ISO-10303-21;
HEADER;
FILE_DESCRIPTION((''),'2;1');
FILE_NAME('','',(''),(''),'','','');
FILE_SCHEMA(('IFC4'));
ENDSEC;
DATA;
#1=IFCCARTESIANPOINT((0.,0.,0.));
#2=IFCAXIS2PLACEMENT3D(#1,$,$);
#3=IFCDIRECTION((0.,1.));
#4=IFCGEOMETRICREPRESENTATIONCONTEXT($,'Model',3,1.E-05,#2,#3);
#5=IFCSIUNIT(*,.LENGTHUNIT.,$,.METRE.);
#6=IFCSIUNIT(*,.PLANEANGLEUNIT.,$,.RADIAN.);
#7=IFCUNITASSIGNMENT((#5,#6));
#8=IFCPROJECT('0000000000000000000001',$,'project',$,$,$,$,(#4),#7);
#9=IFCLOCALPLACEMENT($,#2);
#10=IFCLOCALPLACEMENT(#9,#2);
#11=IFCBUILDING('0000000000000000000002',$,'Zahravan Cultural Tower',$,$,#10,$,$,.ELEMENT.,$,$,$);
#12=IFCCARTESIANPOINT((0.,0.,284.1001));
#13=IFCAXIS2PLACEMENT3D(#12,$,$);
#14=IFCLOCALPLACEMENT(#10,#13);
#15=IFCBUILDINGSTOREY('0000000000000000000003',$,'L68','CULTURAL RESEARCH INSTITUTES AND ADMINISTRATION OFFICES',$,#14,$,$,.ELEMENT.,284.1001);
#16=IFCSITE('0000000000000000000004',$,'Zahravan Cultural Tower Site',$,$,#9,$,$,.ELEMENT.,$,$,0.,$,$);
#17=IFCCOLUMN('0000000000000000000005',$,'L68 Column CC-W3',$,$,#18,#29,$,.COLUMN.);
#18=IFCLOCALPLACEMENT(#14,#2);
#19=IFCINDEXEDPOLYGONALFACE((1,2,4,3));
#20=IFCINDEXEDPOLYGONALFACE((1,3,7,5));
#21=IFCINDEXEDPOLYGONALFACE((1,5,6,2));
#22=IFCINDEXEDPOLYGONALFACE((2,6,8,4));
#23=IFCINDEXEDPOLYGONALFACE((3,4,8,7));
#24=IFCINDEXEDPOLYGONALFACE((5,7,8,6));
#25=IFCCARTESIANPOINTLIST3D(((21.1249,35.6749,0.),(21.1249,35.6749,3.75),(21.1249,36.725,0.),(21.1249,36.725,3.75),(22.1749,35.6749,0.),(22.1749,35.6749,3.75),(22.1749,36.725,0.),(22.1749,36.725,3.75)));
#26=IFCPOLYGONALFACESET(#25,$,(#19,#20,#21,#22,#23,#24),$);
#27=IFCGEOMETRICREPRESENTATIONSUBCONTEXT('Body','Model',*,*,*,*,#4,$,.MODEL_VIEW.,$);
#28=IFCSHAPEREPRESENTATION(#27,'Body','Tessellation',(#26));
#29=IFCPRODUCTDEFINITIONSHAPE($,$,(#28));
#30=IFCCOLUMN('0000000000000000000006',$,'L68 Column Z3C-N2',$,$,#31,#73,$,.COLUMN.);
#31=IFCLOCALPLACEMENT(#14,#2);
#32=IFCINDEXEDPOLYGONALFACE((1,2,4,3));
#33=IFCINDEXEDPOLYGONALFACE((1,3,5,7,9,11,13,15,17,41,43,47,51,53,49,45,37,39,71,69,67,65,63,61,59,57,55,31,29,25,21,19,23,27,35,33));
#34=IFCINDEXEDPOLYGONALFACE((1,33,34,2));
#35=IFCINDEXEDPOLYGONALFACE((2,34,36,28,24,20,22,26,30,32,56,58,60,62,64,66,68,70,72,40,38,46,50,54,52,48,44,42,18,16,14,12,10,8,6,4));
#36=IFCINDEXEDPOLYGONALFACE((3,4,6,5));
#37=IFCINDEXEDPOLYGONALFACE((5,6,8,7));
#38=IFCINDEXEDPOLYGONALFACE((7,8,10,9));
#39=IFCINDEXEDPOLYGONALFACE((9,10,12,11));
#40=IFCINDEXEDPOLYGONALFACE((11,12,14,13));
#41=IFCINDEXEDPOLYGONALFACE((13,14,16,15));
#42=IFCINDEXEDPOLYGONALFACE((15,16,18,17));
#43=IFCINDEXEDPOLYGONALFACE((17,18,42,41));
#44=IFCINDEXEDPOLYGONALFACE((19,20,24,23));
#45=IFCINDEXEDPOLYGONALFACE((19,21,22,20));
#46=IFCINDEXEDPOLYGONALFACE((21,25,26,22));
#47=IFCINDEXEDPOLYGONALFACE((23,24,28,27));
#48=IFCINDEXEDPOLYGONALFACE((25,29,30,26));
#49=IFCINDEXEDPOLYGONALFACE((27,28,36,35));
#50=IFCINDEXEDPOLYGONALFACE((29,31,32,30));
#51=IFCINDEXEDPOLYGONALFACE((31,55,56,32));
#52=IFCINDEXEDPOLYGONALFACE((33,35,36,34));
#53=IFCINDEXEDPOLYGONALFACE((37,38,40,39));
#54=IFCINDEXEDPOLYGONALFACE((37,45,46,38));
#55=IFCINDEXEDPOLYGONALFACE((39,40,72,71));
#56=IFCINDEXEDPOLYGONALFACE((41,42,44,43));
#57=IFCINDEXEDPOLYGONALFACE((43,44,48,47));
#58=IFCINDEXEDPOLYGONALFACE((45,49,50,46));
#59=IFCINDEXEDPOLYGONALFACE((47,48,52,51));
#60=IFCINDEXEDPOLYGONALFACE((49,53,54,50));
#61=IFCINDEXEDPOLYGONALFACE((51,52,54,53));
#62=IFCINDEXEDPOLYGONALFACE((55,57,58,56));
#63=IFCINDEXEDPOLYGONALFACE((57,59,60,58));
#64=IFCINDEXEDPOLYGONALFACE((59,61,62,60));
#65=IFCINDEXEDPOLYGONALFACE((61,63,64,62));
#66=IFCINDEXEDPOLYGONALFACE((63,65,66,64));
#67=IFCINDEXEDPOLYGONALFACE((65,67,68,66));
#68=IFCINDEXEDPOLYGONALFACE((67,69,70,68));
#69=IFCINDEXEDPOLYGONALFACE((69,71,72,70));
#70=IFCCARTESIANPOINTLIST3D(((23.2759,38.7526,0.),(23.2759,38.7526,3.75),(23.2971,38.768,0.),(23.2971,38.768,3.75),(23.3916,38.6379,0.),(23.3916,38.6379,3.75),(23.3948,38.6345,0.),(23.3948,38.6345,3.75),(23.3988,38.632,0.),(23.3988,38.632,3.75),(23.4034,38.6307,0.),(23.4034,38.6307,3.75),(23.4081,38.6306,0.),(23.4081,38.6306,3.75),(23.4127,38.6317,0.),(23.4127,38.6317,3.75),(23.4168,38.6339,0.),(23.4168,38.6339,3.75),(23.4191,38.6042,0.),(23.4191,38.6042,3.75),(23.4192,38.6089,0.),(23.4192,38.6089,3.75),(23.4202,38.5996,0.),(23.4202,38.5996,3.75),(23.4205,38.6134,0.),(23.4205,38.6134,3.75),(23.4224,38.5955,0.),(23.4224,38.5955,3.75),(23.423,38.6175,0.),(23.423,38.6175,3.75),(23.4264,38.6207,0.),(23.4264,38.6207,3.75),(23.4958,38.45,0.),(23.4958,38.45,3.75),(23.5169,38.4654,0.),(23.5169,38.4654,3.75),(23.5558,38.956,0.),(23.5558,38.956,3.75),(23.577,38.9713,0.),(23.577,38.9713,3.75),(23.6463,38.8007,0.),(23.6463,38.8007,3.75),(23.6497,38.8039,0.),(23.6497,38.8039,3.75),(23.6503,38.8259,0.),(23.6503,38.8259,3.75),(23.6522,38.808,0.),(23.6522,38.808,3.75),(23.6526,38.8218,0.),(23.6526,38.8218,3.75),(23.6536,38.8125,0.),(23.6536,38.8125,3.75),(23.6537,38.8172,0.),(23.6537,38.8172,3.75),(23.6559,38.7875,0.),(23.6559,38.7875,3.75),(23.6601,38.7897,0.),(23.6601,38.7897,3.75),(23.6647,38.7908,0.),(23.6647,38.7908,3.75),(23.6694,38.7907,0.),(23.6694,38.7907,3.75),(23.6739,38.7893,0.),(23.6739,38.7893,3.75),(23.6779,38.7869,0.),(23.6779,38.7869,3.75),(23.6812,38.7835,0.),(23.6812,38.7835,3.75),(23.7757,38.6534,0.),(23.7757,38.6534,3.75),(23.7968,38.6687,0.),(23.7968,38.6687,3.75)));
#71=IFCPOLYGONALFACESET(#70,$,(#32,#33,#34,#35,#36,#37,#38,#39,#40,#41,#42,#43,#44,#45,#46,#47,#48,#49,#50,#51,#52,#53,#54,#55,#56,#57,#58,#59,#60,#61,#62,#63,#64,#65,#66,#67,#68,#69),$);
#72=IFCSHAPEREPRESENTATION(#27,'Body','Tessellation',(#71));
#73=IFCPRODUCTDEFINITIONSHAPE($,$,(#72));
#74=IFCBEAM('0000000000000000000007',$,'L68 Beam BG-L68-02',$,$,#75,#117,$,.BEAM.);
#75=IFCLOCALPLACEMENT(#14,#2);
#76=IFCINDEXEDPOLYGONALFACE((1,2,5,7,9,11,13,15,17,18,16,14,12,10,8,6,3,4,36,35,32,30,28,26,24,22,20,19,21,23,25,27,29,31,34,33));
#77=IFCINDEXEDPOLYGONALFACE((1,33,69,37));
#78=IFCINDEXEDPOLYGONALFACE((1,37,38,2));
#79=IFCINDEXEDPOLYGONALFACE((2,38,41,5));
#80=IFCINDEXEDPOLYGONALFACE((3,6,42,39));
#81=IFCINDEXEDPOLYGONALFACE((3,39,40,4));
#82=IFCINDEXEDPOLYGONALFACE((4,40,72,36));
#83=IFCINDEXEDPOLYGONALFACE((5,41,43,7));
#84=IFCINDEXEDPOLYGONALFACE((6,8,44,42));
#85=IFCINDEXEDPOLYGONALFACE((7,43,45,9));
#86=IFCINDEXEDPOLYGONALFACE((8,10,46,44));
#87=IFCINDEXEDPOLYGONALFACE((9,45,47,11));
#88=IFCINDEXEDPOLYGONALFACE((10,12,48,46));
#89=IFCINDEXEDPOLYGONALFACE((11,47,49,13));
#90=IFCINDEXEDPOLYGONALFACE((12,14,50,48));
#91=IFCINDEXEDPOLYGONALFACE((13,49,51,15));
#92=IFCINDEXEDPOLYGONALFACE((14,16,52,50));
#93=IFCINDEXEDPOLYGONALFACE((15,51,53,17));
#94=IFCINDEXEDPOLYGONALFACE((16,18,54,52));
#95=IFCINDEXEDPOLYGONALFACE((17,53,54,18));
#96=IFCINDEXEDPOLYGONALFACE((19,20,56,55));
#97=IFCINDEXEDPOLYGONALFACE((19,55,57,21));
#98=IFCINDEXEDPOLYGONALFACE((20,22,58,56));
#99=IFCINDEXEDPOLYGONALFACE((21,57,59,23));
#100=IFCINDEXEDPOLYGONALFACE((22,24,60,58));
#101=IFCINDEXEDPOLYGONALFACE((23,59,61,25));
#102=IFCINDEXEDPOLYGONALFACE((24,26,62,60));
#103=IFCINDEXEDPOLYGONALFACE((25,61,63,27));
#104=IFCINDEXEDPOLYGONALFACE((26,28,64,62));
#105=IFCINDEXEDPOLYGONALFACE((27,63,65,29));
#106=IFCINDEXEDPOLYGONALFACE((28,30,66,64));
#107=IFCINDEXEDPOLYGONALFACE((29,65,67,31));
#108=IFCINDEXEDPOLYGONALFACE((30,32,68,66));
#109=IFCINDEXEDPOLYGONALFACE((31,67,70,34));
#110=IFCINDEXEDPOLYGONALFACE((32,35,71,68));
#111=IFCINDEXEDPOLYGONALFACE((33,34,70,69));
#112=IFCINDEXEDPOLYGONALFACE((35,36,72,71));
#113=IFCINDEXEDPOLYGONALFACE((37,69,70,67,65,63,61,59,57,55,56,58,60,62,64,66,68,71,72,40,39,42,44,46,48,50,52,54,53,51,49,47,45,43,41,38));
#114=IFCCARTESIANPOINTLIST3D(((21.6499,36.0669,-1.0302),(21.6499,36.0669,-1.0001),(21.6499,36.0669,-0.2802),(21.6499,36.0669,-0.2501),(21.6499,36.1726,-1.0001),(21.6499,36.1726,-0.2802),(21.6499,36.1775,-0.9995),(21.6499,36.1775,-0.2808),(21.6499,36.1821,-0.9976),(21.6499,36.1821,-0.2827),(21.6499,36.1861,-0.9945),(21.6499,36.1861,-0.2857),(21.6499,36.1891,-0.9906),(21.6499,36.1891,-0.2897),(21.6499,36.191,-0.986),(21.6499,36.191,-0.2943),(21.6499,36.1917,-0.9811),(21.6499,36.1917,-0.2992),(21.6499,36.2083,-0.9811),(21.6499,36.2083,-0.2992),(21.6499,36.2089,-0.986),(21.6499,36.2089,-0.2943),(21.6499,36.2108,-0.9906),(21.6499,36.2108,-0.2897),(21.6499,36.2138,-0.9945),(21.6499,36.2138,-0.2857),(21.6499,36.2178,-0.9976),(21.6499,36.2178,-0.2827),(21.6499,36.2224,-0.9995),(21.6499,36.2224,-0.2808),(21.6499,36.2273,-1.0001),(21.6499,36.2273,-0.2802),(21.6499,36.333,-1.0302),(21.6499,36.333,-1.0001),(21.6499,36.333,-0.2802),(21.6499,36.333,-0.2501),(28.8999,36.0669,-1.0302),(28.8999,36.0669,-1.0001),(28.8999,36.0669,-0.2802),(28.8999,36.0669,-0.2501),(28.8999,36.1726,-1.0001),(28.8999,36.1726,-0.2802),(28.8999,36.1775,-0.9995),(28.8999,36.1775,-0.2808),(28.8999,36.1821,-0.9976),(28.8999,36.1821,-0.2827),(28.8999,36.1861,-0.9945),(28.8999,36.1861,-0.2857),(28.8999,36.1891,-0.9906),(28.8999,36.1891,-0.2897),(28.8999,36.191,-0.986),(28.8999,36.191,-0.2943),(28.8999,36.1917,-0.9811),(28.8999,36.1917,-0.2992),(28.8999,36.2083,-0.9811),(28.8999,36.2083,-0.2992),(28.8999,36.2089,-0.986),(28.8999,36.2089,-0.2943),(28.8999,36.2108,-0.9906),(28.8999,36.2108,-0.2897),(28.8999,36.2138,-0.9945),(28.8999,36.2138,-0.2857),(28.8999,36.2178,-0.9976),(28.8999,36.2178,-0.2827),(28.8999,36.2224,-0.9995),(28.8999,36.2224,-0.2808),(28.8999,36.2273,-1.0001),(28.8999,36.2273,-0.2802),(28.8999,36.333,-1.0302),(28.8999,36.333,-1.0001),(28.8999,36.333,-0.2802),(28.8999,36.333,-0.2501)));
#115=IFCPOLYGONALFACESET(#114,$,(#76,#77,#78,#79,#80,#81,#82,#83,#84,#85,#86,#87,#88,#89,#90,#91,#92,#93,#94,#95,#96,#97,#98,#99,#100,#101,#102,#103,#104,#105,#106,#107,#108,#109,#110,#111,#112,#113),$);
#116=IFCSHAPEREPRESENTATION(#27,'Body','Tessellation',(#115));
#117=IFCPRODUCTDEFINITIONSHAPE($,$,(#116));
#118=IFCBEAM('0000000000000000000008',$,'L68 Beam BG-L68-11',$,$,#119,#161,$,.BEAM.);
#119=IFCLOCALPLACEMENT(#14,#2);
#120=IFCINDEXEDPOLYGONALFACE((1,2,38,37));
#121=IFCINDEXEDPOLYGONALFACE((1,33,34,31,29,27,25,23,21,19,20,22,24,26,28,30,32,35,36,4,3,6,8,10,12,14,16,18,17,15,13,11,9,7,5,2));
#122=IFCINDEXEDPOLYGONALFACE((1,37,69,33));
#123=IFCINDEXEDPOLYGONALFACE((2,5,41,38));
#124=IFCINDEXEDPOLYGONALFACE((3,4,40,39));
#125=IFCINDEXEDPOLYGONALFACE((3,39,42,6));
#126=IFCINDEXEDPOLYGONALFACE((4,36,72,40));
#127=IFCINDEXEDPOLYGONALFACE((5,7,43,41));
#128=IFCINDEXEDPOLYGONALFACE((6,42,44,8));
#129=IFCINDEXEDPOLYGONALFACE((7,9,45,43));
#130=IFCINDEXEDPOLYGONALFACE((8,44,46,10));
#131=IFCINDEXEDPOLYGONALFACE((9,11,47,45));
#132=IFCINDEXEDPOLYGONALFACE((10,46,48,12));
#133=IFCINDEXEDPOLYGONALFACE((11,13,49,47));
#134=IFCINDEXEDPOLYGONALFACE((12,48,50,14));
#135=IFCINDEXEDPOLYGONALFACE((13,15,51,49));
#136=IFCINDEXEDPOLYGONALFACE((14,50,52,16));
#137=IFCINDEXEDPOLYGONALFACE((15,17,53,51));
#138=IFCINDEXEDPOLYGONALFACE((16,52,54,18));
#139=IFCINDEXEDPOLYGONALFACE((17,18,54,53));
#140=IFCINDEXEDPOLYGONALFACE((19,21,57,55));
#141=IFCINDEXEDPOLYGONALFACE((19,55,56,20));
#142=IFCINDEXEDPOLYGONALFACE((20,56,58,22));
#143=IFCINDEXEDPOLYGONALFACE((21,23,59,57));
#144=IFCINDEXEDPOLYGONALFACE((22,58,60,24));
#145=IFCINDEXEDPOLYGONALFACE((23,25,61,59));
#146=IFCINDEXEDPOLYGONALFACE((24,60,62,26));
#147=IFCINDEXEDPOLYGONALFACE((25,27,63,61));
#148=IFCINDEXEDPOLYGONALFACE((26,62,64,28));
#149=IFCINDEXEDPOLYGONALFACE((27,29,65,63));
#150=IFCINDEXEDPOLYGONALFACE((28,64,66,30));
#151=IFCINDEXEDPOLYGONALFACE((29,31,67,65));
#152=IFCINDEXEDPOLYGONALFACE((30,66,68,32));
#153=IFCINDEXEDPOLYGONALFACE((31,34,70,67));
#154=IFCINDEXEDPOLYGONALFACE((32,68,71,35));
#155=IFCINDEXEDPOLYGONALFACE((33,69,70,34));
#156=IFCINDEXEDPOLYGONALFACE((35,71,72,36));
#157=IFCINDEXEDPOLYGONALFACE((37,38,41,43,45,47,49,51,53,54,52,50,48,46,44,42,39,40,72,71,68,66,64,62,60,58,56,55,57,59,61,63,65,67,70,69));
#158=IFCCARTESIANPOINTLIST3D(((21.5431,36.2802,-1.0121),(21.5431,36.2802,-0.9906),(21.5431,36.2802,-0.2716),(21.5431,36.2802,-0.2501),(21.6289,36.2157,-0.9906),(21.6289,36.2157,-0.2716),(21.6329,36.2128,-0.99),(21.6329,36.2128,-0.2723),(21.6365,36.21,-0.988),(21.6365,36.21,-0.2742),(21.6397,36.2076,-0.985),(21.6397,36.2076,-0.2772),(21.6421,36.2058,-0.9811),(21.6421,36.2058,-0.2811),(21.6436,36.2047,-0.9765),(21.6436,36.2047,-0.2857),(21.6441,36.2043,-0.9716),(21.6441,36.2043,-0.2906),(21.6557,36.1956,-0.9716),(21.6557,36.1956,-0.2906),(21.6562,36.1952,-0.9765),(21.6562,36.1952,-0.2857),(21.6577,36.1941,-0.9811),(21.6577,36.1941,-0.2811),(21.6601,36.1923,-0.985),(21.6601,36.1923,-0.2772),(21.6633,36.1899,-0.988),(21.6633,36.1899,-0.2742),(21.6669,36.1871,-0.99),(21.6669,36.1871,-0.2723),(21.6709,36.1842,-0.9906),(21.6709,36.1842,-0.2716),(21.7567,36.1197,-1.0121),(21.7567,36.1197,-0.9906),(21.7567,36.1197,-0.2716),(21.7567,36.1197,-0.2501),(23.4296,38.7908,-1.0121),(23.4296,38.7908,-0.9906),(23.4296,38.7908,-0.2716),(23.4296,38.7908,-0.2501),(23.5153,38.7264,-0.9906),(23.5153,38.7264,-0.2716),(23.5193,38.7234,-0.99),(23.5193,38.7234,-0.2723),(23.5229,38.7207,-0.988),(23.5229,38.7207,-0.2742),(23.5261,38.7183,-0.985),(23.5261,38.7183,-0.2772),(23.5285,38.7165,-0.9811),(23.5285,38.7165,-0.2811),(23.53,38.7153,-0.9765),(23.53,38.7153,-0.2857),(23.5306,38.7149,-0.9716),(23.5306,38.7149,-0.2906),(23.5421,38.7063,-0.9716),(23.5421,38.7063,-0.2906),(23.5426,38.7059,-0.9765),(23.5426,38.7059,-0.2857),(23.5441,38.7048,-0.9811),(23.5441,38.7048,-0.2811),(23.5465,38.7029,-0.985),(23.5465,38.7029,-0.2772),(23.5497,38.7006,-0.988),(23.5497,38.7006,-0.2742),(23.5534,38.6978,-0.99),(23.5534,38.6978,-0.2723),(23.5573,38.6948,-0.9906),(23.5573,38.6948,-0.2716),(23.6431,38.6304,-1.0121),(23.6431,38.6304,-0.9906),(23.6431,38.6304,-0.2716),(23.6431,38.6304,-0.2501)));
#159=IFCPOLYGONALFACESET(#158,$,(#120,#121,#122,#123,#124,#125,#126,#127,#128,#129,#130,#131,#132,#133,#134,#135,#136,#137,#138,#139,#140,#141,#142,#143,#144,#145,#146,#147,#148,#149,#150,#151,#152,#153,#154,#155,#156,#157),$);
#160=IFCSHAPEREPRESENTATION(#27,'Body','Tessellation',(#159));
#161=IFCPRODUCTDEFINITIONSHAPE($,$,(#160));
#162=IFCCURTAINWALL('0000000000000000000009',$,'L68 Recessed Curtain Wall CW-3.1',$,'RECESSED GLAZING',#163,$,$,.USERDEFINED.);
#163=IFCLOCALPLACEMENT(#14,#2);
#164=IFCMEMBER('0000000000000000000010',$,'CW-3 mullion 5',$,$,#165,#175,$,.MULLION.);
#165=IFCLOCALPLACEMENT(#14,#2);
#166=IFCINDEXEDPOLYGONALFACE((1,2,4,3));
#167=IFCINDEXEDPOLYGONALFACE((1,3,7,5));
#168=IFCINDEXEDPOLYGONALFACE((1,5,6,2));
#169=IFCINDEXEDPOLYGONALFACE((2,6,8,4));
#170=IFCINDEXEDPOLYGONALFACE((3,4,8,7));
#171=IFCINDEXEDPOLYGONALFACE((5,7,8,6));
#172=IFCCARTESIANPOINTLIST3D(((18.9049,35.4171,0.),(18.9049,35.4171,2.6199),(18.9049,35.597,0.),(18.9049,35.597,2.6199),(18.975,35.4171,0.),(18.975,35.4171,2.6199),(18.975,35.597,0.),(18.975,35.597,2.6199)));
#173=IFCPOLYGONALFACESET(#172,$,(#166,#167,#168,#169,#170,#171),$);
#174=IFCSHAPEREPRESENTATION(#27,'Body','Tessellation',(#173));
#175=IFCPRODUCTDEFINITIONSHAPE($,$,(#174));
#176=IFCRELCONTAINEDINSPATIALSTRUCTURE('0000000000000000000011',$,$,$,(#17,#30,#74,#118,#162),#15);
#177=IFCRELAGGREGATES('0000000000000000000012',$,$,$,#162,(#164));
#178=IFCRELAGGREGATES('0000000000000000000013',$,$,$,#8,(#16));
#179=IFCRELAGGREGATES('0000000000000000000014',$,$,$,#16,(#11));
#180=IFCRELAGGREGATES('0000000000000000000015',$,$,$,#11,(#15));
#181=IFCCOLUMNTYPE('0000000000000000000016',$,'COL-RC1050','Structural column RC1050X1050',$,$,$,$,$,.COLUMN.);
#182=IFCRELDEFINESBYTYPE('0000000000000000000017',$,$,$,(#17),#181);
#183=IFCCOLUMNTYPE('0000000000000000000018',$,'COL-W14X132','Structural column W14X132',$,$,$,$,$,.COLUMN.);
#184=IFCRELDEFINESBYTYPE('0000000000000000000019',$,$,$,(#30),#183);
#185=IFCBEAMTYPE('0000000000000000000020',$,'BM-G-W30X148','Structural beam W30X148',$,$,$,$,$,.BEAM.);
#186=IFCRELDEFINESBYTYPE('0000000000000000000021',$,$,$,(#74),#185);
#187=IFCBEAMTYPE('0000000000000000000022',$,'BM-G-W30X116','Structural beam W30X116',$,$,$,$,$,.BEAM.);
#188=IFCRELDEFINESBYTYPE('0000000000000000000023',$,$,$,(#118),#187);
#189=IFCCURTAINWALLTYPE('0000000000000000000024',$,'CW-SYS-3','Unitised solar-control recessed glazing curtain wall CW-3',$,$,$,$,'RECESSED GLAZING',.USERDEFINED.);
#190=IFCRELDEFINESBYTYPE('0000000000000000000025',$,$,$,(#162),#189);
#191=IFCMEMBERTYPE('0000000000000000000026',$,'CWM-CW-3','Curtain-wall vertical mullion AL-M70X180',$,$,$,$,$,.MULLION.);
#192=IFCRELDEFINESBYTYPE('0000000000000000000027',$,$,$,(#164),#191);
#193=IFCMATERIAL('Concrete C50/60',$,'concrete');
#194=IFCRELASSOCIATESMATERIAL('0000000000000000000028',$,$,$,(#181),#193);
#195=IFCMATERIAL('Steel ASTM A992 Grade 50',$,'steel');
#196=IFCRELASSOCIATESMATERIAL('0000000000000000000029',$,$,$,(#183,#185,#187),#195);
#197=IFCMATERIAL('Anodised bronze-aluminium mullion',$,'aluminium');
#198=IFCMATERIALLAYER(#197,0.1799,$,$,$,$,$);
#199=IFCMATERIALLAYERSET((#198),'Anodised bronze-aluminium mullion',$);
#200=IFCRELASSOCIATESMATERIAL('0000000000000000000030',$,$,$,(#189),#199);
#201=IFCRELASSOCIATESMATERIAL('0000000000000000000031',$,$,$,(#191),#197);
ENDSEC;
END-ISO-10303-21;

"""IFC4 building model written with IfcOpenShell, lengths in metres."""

from ifc_helpers import new_model, si_unit, direction, frame, origin, origin_2d, place, context, subcontext, project, spatial, rectangle, i_section, extrude, source, transform, mapped, material, layer, layer_set, material_profile, profile_set, type_object, element, aggregate, save


model = new_model("IFC4")

# Units and contexts
model_context = context("Model", 3, precision=1e-05, world=origin(), true_north=direction((0.0, 1.0)))
body_context = subcontext(model_context, "Body", "Model", "MODEL_VIEW")
ifc_project = project(units=[si_unit("LENGTHUNIT", "METRE"), si_unit("PLANEANGLEUNIT", "RADIAN")], contexts=[model_context])

# Site, building, storey
site_placement = place(None, origin())
site = spatial("IfcSite", under=ifc_project, at=site_placement, Name="Zahravan Cultural Tower Site", CompositionType="ELEMENT", RefElevation=0.0)
building_placement = place(site_placement, origin())
building = spatial("IfcBuilding", under=site, at=building_placement, Name="Zahravan Cultural Tower", CompositionType="ELEMENT")
storey_placement = place(building_placement, frame((0.0, 0.0, 284.1001)))
storey = spatial("IfcBuildingStorey", under=building, at=storey_placement, Name="L68", Description="CULTURAL RESEARCH INSTITUTES AND ADMINISTRATION OFFICES", CompositionType="ELEMENT", Elevation=284.1001)

# Columns
ifc_material_1 = material(Name="Concrete C50/60", Category="concrete")
ifc_material_profile_1 = material_profile(ifc_material_1, rectangle(XDim=1.05, YDim=1.05, at=origin_2d()), Name="RC1050X1050")
ifc_profile_set_1 = profile_set([ifc_material_profile_1], Name="Concrete C50/60")
column_type_1 = type_object("IfcColumnType", Name="COL-RC1050", Description="Structural column RC1050X1050", PredefinedType="COLUMN", material=ifc_profile_set_1)
shared_shape_1 = source(origin(), body_context, "Body", "SweptSolid", [
    extrude(rectangle(XDim=1.05, YDim=1.05, at=origin_2d()), origin(), (0.0, 0.0, 1.0), 3.75),
])
column_1_placement = place(storey_placement, frame((21.6499, 36.2, 0.0), z_axis=(0.0, 0.0, 1.0), x_axis=(1.0, 0.0, 0.0)))
element("IfcColumn", 1, at=column_1_placement, inside=storey, type_object=column_type_1, Name="L68 Column CC-W3", PredefinedType="COLUMN", context=body_context, shape_type="MappedRepresentation", body=[
    mapped(shared_shape_1, transform((0.0, 0.0, 0.0), x_axis=(1.0, 0.0, 0.0), y_axis=(0.0, 1.0, 0.0), z_axis=(0.0, 0.0, 1.0), scale=1.0)),
])
ifc_material_2 = material(Name="Steel ASTM A992 Grade 50", Category="steel")
ifc_material_profile_2 = material_profile(ifc_material_2, i_section(OverallWidth=0.374, OverallDepth=0.3721, WebThickness=0.0164, FlangeThickness=0.0261, FilletRadius=0.0181, at=origin_2d()), Name="W14X132")
ifc_profile_set_2 = profile_set([ifc_material_profile_2], Name="Steel ASTM A992 Grade 50")
column_type_2 = type_object("IfcColumnType", Name="COL-W14X132", Description="Structural column W14X132", PredefinedType="COLUMN", material=ifc_profile_set_2)
shared_shape_2 = source(origin(), body_context, "Body", "SweptSolid", [
    extrude(i_section(OverallWidth=0.374, OverallDepth=0.3721, WebThickness=0.0164, FlangeThickness=0.0261, FilletRadius=0.0181, at=origin_2d()), origin(), (0.0, 0.0, 1.0), 3.75),
])
column_2_placement = place(storey_placement, frame((23.5364, 38.7107, 0.0), z_axis=(0.0, 0.0, 1.0), x_axis=(-0.587785, 0.809017, 0.0)))
element("IfcColumn", 2, at=column_2_placement, inside=storey, type_object=column_type_2, Name="L68 Column Z3C-N2", PredefinedType="COLUMN", context=body_context, shape_type="MappedRepresentation", body=[
    mapped(shared_shape_2, transform((0.0, 0.0, 0.0), x_axis=(1.0, 0.0, 0.0), y_axis=(0.0, 1.0, 0.0), z_axis=(0.0, 0.0, 1.0), scale=1.0)),
])

# Beams
ifc_material_profile_3 = material_profile(ifc_material_2, i_section(OverallWidth=0.2661, OverallDepth=0.78, WebThickness=0.0166, FlangeThickness=0.03, FilletRadius=0.019, at=origin_2d()), Name="W30X148")
ifc_profile_set_3 = profile_set([ifc_material_profile_3], Name="Steel ASTM A992 Grade 50")
beam_type_1 = type_object("IfcBeamType", Name="BM-G-W30X148", Description="Structural beam W30X148", PredefinedType="BEAM", material=ifc_profile_set_3)
shared_shape_3 = source(origin(), body_context, "Body", "SweptSolid", [
    extrude(i_section(OverallWidth=0.2661, OverallDepth=0.78, WebThickness=0.0166, FlangeThickness=0.03, FilletRadius=0.019, at=origin_2d()), origin(), (0.0, 0.0, 1.0), 7.25),
])
beam_1_placement = place(storey_placement, frame((21.6499, 36.2, -0.6401), z_axis=(1.0, 0.0, 0.0), x_axis=(0.0, 1.0, 0.0)))
element("IfcBeam", 3, at=beam_1_placement, inside=storey, type_object=beam_type_1, Name="L68 Beam BG-L68-02", PredefinedType="BEAM", context=body_context, shape_type="MappedRepresentation", body=[
    mapped(shared_shape_3, transform((0.0, 0.0, 0.0), x_axis=(1.0, 0.0, 0.0), y_axis=(0.0, 1.0, 0.0), z_axis=(0.0, 0.0, 1.0), scale=1.0)),
])
ifc_material_profile_4 = material_profile(ifc_material_2, i_section(OverallWidth=0.2671, OverallDepth=0.762, WebThickness=0.0144, FlangeThickness=0.0215, FilletRadius=0.019, at=origin_2d()), Name="W30X116")
ifc_profile_set_4 = profile_set([ifc_material_profile_4], Name="Steel ASTM A992 Grade 50")
beam_type_2 = type_object("IfcBeamType", Name="BM-G-W30X116", Description="Structural beam W30X116", PredefinedType="BEAM", material=ifc_profile_set_4)
shared_shape_4 = source(origin(), body_context, "Body", "SweptSolid", [
    extrude(i_section(OverallWidth=0.2671, OverallDepth=0.762, WebThickness=0.0144, FlangeThickness=0.0215, FilletRadius=0.019, at=origin_2d()), origin(), (0.0, 0.0, 1.0), 3.1404),
])
beam_2_placement = place(storey_placement, frame((21.6499, 36.2, -0.6311), z_axis=(0.600696, 0.799477, 0.0), x_axis=(-0.799477, 0.600696, 0.0)))
element("IfcBeam", 4, at=beam_2_placement, inside=storey, type_object=beam_type_2, Name="L68 Beam BG-L68-11", PredefinedType="BEAM", context=body_context, shape_type="MappedRepresentation", body=[
    mapped(shared_shape_4, transform((0.0, 0.0, 0.0), x_axis=(1.0, 0.0, 0.0), y_axis=(0.0, 1.0, 0.0), z_axis=(0.0, 0.0, 1.0), scale=1.0)),
])

# Curtain wall, member
ifc_material_3 = material(Name="Anodised bronze-aluminium mullion", Category="aluminium")
ifc_layer_1 = layer(ifc_material_3, 0.1799)
ifc_layer_set_1 = layer_set([ifc_layer_1], Name="Anodised bronze-aluminium mullion")
curtain_wall_type = type_object("IfcCurtainWallType", Name="CW-SYS-3", Description="Unitised solar-control recessed glazing curtain wall CW-3", ElementType="RECESSED GLAZING", PredefinedType="USERDEFINED", material=ifc_layer_set_1)
curtain_wall_placement = place(storey_placement, origin())
curtain_wall = element("IfcCurtainWall", 5, at=curtain_wall_placement, inside=storey, type_object=curtain_wall_type, Name="L68 Recessed Curtain Wall CW-3.1", ObjectType="RECESSED GLAZING", PredefinedType="USERDEFINED")
ifc_material_profile_5 = material_profile(ifc_material_3, rectangle(XDim=0.0701, YDim=0.1799, at=origin_2d()), Name="AL-M70X180")
ifc_profile_set_5 = profile_set([ifc_material_profile_5], Name="Anodised bronze-aluminium mullion")
member_type = type_object("IfcMemberType", Name="CWM-CW-3", Description="Curtain-wall vertical mullion AL-M70X180", PredefinedType="MULLION", material=ifc_profile_set_5)
shared_shape_5 = source(origin(), body_context, "Body", "SweptSolid", [
    extrude(rectangle(XDim=0.0701, YDim=0.1799, at=origin_2d()), origin(), (0.0, 0.0, 1.0), 2.6199),
])
member_placement = place(storey_placement, frame((18.9399, 35.5071, 0.0), z_axis=(0.0, 0.0, 1.0), x_axis=(-1.0, 0.0, 0.0)))
member = element("IfcMember", 6, at=member_placement, type_object=member_type, Name="CW-3 mullion 5", PredefinedType="MULLION", context=body_context, shape_type="MappedRepresentation", body=[
    mapped(shared_shape_5, transform((0.0, 0.0, 0.0), x_axis=(1.0, 0.0, 0.0), y_axis=(0.0, 1.0, 0.0), z_axis=(0.0, 0.0, 1.0), scale=1.0)),
])
aggregate(curtain_wall, [member])

save(model, "model.ifc")
